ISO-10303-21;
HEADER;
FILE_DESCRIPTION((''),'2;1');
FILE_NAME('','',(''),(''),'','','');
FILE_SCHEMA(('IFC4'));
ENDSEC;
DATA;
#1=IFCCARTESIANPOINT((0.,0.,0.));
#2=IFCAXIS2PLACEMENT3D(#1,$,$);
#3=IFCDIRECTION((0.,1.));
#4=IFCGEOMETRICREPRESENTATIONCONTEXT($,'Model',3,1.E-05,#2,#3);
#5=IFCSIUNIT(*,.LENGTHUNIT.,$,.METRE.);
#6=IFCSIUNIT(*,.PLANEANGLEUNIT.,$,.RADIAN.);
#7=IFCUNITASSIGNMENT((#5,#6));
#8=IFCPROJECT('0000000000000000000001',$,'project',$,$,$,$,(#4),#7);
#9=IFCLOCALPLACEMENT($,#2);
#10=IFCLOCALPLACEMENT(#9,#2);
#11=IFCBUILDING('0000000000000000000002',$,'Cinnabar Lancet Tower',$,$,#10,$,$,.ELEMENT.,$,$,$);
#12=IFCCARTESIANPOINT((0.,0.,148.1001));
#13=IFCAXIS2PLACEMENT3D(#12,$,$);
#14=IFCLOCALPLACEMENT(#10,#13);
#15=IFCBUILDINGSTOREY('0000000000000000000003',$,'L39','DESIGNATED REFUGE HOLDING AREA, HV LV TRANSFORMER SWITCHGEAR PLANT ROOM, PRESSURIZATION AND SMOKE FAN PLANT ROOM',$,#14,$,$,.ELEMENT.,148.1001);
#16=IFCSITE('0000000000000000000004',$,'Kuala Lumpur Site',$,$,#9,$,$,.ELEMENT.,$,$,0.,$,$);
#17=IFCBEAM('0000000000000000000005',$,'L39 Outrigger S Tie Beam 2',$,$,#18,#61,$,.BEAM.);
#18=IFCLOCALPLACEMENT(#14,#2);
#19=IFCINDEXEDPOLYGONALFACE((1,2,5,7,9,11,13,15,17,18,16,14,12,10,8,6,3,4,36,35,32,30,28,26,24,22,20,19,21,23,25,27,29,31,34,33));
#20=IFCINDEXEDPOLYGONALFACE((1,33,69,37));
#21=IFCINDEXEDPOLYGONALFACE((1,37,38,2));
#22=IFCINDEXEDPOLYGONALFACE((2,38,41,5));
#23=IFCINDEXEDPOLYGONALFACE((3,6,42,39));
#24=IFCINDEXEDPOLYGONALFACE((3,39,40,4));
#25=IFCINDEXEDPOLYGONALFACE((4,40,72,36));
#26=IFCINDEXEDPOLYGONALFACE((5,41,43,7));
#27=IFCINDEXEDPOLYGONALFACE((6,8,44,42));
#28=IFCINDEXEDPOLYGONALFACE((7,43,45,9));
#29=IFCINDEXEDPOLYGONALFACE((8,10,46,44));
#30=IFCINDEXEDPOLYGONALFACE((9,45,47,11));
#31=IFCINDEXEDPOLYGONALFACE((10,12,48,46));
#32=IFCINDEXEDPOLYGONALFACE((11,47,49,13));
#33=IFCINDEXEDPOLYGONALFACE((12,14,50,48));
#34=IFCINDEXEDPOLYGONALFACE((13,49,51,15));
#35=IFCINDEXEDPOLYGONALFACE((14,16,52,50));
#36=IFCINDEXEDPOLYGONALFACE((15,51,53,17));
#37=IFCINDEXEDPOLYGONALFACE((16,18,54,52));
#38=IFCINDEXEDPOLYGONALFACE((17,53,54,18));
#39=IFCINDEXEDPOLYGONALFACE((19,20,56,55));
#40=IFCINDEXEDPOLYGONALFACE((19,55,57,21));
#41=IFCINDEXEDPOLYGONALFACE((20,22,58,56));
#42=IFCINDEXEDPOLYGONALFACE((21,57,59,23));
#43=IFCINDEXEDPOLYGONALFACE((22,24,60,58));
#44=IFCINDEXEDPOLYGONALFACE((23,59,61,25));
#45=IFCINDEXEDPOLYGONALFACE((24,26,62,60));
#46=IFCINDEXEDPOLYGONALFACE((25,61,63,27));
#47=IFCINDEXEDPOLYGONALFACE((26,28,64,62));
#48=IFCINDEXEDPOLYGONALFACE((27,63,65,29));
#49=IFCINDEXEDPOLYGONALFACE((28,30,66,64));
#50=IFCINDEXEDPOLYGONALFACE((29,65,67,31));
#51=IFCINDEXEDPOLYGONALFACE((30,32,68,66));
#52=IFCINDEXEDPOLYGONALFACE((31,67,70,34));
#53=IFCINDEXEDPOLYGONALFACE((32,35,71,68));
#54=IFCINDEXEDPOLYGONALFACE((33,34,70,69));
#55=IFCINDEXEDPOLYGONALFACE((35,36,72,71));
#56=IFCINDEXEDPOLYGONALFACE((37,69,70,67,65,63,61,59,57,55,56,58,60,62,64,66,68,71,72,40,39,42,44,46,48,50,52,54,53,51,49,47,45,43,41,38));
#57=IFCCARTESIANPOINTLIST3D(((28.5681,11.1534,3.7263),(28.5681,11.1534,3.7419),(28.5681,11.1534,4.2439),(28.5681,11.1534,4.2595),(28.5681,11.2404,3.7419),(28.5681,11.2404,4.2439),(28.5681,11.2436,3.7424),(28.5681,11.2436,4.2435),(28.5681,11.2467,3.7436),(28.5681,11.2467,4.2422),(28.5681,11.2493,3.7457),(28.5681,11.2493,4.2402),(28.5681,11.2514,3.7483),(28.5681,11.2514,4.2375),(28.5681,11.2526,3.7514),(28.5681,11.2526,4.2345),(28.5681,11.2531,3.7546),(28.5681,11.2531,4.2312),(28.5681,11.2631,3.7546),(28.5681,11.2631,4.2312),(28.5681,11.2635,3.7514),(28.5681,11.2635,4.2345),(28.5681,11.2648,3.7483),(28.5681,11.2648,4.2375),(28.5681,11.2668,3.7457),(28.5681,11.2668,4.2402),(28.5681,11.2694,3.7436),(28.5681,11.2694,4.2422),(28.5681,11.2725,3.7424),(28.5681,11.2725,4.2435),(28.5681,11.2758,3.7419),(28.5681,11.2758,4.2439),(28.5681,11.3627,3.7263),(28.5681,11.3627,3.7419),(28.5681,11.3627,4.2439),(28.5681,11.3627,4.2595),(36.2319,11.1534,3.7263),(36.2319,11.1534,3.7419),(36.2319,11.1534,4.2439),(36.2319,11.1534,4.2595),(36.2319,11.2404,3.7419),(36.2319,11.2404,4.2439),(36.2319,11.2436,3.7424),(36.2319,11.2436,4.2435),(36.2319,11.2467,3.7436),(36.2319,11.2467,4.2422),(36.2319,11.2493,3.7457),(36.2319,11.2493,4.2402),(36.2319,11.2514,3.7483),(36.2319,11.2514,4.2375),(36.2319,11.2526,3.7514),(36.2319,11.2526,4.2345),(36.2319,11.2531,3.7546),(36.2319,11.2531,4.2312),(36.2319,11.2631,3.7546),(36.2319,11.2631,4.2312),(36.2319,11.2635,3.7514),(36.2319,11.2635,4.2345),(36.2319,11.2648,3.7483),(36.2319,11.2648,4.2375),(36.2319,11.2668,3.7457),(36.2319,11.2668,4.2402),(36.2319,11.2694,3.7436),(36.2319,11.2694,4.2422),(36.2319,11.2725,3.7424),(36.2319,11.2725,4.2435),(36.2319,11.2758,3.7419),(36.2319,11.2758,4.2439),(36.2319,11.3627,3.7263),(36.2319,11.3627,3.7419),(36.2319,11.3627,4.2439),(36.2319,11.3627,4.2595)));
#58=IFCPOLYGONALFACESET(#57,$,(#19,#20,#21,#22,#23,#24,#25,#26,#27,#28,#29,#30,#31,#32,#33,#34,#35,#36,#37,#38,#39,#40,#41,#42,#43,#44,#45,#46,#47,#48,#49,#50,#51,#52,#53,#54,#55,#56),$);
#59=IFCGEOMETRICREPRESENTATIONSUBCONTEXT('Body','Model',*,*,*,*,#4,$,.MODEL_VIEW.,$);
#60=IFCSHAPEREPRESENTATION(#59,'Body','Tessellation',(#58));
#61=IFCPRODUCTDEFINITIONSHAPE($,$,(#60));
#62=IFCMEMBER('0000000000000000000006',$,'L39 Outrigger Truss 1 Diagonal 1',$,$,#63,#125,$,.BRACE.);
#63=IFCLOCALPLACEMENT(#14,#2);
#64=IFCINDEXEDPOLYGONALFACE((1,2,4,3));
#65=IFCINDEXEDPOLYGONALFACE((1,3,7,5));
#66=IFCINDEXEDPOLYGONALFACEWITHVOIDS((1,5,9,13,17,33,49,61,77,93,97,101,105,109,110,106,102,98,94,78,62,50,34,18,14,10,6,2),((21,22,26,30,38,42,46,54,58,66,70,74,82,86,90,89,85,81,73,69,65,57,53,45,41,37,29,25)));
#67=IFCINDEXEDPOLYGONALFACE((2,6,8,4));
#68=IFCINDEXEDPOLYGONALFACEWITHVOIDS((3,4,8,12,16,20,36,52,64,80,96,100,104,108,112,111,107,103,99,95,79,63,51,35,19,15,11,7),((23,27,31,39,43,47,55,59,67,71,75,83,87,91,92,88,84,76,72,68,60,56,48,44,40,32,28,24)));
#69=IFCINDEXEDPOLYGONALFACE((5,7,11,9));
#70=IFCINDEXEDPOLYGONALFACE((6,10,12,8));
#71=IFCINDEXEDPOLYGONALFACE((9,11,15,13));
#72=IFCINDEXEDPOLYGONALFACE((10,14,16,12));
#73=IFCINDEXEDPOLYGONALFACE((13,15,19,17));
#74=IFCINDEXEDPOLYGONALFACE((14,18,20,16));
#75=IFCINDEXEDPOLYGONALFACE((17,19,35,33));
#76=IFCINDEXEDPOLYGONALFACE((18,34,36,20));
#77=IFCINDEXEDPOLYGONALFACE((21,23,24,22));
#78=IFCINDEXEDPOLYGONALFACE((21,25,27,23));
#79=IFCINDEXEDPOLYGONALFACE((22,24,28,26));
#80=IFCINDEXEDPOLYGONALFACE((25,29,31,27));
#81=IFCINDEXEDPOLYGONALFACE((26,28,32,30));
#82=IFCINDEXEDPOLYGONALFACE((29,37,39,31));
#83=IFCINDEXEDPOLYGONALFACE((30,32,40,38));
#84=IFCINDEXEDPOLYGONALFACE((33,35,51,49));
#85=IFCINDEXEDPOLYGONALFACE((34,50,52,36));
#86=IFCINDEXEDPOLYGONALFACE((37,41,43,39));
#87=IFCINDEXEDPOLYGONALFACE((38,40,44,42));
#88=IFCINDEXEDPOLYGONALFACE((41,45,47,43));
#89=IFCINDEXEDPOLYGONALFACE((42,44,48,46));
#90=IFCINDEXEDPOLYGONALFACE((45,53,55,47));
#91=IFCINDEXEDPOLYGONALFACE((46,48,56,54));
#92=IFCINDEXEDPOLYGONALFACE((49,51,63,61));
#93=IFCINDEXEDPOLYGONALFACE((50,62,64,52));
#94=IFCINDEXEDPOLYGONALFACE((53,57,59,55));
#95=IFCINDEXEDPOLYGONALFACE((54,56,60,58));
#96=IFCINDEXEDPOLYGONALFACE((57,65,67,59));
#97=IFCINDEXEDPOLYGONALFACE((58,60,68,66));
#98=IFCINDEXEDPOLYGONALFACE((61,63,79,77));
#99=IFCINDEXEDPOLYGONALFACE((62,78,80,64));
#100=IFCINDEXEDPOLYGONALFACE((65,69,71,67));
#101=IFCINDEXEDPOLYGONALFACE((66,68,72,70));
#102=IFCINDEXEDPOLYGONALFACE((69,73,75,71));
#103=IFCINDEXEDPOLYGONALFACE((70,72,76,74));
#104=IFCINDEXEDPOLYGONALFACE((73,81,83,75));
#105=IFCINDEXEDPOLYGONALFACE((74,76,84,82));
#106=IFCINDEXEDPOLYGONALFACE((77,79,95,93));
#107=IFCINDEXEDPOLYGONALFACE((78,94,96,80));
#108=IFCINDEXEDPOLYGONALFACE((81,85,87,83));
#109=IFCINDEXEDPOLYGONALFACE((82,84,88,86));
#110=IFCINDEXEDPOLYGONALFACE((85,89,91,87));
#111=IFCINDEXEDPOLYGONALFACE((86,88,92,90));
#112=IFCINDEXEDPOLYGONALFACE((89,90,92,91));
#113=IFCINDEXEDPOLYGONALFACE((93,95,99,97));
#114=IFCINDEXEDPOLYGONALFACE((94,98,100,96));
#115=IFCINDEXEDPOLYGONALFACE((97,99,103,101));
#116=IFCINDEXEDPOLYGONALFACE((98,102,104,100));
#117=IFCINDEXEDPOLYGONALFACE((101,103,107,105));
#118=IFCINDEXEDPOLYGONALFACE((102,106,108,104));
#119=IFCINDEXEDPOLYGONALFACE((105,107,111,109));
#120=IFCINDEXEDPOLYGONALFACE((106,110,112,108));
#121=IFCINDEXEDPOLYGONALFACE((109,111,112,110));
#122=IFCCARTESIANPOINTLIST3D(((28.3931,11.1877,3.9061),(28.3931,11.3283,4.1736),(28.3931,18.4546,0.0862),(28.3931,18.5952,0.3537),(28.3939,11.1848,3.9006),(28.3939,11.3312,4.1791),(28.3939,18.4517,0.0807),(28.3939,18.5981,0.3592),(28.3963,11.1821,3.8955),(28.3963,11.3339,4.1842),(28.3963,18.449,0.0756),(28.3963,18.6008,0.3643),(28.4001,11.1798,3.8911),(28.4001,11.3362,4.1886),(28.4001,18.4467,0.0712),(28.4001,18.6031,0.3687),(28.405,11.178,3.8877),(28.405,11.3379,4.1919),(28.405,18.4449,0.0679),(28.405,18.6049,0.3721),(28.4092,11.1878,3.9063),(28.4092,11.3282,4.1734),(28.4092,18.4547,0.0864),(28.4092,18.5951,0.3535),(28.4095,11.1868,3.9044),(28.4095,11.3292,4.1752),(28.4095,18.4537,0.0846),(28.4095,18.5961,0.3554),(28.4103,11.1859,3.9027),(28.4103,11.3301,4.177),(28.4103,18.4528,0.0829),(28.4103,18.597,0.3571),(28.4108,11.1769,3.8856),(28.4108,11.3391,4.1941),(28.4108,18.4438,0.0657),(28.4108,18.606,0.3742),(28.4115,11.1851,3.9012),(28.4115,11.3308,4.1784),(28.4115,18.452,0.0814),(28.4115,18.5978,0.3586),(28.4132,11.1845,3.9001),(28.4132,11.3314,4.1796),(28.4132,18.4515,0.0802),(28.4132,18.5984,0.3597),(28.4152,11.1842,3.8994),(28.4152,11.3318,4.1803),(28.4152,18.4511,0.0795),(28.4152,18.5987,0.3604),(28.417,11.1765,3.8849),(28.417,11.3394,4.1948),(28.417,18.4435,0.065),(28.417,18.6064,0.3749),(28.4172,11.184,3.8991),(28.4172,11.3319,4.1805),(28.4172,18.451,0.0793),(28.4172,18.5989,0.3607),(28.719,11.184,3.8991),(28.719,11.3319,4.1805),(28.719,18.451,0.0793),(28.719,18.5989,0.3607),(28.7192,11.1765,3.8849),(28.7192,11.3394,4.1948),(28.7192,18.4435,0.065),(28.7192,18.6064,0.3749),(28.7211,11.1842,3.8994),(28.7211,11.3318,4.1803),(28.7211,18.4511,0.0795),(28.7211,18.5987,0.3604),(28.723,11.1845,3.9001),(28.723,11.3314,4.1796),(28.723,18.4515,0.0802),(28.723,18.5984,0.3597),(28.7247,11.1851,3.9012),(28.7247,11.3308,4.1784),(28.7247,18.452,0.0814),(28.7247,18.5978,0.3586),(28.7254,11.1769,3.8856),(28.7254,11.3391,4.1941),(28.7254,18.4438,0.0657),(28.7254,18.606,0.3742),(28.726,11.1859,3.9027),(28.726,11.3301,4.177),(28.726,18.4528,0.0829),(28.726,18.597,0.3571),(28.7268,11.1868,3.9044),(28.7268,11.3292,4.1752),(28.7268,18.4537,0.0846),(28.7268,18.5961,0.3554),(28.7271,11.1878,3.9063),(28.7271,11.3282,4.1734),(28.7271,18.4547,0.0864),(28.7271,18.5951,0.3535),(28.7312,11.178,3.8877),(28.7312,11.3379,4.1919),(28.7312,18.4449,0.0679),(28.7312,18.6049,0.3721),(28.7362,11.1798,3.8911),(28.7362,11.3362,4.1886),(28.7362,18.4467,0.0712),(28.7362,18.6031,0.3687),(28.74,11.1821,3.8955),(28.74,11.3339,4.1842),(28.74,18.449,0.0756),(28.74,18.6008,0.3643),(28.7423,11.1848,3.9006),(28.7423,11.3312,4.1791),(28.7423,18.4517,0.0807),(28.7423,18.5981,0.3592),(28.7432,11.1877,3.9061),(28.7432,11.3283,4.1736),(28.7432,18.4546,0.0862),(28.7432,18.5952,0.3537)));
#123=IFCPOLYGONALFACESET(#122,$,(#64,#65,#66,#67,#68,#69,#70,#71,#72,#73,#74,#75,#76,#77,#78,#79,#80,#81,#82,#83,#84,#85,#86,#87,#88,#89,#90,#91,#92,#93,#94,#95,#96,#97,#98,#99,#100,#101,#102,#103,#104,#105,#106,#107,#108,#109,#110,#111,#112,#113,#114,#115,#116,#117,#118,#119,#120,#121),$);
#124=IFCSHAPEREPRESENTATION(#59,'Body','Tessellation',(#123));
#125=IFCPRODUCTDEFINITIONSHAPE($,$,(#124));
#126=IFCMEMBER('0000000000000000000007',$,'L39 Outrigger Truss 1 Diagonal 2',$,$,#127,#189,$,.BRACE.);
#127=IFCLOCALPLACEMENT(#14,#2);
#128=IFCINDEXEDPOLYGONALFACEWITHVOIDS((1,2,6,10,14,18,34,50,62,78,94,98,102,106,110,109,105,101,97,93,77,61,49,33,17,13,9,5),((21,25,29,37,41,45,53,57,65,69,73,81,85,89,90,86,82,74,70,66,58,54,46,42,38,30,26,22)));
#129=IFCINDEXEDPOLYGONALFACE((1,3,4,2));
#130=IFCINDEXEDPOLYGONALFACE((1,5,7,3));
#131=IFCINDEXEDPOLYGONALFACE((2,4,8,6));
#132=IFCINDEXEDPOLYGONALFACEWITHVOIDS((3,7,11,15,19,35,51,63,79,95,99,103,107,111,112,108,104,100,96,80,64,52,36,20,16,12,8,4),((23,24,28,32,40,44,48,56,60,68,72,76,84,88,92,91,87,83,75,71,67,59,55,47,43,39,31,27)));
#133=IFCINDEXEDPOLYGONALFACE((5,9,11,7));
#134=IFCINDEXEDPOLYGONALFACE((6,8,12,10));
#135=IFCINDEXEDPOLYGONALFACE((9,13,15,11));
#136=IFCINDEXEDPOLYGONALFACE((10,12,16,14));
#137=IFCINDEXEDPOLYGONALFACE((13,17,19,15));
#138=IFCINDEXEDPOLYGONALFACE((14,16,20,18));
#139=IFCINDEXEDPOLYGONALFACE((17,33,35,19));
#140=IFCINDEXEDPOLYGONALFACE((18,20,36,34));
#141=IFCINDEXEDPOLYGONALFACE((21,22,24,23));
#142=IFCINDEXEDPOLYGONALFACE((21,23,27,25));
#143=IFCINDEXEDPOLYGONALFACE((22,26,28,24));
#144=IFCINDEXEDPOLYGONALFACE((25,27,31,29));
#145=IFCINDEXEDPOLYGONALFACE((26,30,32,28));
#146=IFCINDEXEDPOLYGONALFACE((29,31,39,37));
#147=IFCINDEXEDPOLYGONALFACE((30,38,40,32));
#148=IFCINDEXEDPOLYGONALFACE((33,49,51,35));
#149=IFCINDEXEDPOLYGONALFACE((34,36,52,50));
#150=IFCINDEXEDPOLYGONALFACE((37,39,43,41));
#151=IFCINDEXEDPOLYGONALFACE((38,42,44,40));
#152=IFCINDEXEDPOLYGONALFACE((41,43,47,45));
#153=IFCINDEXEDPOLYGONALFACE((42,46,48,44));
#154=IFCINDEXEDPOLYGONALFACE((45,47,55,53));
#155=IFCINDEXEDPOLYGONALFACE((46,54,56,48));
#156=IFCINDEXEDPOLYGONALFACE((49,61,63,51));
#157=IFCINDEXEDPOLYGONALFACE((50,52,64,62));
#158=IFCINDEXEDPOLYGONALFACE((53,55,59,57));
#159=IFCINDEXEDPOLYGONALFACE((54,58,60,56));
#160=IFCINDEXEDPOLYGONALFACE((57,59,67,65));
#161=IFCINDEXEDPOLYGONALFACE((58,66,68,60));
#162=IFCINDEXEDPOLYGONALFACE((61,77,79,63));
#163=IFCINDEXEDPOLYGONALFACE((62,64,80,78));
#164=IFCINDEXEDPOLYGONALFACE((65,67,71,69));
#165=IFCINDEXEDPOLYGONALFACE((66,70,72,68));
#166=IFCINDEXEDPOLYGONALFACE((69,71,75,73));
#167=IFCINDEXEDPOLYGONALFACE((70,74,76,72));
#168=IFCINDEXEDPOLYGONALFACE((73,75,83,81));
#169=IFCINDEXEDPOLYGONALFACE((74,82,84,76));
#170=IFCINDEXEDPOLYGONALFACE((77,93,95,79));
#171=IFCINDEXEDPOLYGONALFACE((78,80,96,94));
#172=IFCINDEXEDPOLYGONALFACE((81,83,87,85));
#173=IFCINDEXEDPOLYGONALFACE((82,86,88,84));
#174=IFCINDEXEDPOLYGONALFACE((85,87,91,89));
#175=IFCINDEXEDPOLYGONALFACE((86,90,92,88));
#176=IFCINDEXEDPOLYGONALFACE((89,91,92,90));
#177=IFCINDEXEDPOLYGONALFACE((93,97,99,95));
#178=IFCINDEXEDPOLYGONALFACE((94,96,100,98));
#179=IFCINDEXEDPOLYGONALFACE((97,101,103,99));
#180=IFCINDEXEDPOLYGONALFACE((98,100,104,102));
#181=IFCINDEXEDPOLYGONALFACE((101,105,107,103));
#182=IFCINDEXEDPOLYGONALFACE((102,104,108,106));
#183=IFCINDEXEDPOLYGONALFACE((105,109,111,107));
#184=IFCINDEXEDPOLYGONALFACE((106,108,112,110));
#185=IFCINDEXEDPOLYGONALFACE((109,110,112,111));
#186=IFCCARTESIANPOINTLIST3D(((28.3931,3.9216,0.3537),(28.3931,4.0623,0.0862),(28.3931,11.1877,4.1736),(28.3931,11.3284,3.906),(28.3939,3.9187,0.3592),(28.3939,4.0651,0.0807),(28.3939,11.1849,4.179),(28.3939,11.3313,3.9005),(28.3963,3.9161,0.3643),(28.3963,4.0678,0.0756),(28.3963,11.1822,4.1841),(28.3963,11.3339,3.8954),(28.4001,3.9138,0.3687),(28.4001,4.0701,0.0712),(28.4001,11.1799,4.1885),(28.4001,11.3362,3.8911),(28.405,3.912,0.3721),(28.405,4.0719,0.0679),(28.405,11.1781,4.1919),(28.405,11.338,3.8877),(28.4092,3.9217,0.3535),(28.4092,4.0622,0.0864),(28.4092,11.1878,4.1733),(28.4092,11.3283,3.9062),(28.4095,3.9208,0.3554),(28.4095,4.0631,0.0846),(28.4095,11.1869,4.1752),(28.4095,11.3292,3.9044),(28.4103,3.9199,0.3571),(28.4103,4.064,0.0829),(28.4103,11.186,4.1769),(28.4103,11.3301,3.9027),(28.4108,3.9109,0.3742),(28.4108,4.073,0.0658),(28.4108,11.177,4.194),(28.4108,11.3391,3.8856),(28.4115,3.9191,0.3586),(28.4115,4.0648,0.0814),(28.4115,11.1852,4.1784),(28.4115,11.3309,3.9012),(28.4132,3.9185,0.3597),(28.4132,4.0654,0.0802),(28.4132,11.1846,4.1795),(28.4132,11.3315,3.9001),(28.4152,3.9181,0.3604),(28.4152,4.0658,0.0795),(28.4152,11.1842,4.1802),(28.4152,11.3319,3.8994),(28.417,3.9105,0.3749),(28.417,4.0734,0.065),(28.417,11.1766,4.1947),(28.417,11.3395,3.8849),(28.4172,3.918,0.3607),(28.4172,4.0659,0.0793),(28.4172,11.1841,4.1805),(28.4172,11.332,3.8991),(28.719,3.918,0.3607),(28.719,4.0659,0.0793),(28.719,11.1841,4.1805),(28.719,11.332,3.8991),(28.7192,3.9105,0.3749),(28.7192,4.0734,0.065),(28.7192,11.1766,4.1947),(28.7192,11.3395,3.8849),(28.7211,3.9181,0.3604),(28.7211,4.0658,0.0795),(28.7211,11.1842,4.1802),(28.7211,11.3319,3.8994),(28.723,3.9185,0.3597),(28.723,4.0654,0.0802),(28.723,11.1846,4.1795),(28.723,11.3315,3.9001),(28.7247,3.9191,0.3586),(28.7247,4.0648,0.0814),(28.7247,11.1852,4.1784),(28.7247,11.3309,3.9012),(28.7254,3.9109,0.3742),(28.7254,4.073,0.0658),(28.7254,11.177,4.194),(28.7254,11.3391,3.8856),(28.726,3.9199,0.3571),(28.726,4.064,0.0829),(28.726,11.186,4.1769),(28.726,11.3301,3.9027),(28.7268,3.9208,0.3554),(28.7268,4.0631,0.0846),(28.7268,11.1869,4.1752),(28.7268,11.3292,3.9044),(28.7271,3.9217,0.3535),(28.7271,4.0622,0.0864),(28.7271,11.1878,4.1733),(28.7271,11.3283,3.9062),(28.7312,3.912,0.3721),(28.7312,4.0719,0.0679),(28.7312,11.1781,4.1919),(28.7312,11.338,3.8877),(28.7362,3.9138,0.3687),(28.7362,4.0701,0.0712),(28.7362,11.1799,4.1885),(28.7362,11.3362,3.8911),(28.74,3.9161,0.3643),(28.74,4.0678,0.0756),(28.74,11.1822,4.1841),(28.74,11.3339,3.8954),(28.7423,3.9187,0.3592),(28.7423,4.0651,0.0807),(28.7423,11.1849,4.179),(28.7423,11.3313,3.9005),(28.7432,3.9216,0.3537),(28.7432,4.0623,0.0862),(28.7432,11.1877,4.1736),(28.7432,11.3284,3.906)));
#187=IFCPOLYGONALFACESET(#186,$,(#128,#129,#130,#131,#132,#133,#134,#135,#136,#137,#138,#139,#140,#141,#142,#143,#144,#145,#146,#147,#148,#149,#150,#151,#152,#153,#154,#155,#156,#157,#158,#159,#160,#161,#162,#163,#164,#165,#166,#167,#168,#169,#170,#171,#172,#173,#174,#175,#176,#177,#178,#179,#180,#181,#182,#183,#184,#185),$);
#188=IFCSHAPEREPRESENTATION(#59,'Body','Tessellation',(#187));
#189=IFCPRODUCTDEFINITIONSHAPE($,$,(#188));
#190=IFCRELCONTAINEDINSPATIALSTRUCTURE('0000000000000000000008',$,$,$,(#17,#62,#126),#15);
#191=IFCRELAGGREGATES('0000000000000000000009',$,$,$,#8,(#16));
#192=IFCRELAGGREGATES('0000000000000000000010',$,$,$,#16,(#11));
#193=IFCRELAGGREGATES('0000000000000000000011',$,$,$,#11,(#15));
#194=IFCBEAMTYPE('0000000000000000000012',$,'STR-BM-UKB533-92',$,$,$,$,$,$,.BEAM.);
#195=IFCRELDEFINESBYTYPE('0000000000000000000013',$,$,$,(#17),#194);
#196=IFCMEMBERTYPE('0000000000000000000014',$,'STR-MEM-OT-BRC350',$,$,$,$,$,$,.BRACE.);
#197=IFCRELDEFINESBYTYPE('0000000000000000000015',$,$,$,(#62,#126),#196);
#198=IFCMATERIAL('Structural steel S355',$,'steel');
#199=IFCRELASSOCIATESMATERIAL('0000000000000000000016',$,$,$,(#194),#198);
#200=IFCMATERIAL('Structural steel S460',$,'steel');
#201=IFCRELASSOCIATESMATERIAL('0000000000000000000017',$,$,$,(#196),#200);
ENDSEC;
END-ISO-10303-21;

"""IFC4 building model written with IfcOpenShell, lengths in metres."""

from ifc_helpers import new_model, si_unit, direction, frame, origin, origin_2d, place, context, subcontext, project, spatial, hollow_rectangle, i_section, extrude, material, material_profile, profile_set, type_object, element, save


model = new_model("IFC4")

# Units and contexts
model_context = context("Model", 3, precision=1e-05, world=origin(), true_north=direction((0.0, 1.0)))
body_context = subcontext(model_context, "Body", "Model", "MODEL_VIEW")
ifc_project = project(units=[si_unit("LENGTHUNIT", "METRE"), si_unit("PLANEANGLEUNIT", "RADIAN")], contexts=[model_context])

# Site, building, storey
site_placement = place(None, origin())
site = spatial("IfcSite", under=ifc_project, at=site_placement, Name="Kuala Lumpur Site", CompositionType="ELEMENT", RefElevation=0.0)
building_placement = place(site_placement, origin())
building = spatial("IfcBuilding", under=site, at=building_placement, Name="Cinnabar Lancet Tower", CompositionType="ELEMENT")
storey_placement = place(building_placement, frame((0.0, 0.0, 148.1001)))
storey = spatial("IfcBuildingStorey", under=building, at=storey_placement, Name="L39", Description="DESIGNATED REFUGE HOLDING AREA, HV LV TRANSFORMER SWITCHGEAR PLANT ROOM, PRESSURIZATION AND SMOKE FAN PLANT ROOM", CompositionType="ELEMENT", Elevation=148.1001)

# Beam
ifc_material_1 = material(Name="Structural steel S355", Category="steel")
ifc_material_profile_1 = material_profile(ifc_material_1, i_section(OverallWidth=0.2092, OverallDepth=0.5332, WebThickness=0.01, FlangeThickness=0.0156, FilletRadius=0.0127, at=origin_2d()), Name="UKB 533x210x92")
ifc_profile_set_1 = profile_set([ifc_material_profile_1], Name="Structural steel S355")
beam_type_1 = type_object("IfcBeamType", Name="STR-BM-UKB533-92", PredefinedType="BEAM", material=ifc_profile_set_1)
beam_1_placement = place(storey_placement, frame((28.5681, 11.2581, 3.9929), z_axis=(1.0, 0.0, 0.0), x_axis=(0.0, 1.0, 0.0)))
element("IfcBeam", 1, at=beam_1_placement, inside=storey, type_object=beam_type_1, Name="L39 Outrigger S Tie Beam 2", PredefinedType="BEAM", context=body_context, shape_type="SweptSolid", body=[
    extrude(i_section(OverallWidth=0.2092, OverallDepth=0.5332, WebThickness=0.01, FlangeThickness=0.0156, FilletRadius=0.0127, at=origin_2d()), origin(), (0.0, 0.0, 1.0), 7.6638),
])

# Members
ifc_material_2 = material(Name="Structural steel S460", Category="steel")
ifc_material_profile_2 = material_profile(ifc_material_2, hollow_rectangle(XDim=0.3501, YDim=0.3501, WallThickness=0.0161, InnerFilletRadius=0.0081, OuterFilletRadius=0.0239, at=origin_2d()), Name="SHS 350x350x16")
ifc_profile_set_2 = profile_set([ifc_material_profile_2], Name="Structural steel S460")
member_type_1 = type_object("IfcMemberType", Name="STR-MEM-OT-BRC350", PredefinedType="BRACE", material=ifc_profile_set_2)
member_1_placement = place(storey_placement, frame((28.5681, 18.5249, 0.22), z_axis=(0.0, -0.885161, 0.465286), x_axis=(1.0, 0.0, 0.0)))
element("IfcMember", 2, at=member_1_placement, inside=storey, type_object=member_type_1, Name="L39 Outrigger Truss 1 Diagonal 1", PredefinedType="BRACE", context=body_context, shape_type="SweptSolid", body=[
    extrude(hollow_rectangle(XDim=0.3501, YDim=0.3501, WallThickness=0.0161, InnerFilletRadius=0.0081, OuterFilletRadius=0.0239, at=origin_2d()), origin(), (0.0, 0.0, 1.0), 8.2097),
])
member_2_placement = place(storey_placement, frame((28.5681, 11.2581, 4.0398), z_axis=(0.0, -0.885141, -0.465322), x_axis=(1.0, 0.0, 0.0)))
element("IfcMember", 3, at=member_2_placement, inside=storey, type_object=member_type_1, Name="L39 Outrigger Truss 1 Diagonal 2", PredefinedType="BRACE", context=body_context, shape_type="SweptSolid", body=[
    extrude(hollow_rectangle(XDim=0.3501, YDim=0.3501, WallThickness=0.0161, InnerFilletRadius=0.0081, OuterFilletRadius=0.0239, at=origin_2d()), origin(), (0.0, 0.0, 1.0), 8.209),
])

save(model, "model.ifc")
